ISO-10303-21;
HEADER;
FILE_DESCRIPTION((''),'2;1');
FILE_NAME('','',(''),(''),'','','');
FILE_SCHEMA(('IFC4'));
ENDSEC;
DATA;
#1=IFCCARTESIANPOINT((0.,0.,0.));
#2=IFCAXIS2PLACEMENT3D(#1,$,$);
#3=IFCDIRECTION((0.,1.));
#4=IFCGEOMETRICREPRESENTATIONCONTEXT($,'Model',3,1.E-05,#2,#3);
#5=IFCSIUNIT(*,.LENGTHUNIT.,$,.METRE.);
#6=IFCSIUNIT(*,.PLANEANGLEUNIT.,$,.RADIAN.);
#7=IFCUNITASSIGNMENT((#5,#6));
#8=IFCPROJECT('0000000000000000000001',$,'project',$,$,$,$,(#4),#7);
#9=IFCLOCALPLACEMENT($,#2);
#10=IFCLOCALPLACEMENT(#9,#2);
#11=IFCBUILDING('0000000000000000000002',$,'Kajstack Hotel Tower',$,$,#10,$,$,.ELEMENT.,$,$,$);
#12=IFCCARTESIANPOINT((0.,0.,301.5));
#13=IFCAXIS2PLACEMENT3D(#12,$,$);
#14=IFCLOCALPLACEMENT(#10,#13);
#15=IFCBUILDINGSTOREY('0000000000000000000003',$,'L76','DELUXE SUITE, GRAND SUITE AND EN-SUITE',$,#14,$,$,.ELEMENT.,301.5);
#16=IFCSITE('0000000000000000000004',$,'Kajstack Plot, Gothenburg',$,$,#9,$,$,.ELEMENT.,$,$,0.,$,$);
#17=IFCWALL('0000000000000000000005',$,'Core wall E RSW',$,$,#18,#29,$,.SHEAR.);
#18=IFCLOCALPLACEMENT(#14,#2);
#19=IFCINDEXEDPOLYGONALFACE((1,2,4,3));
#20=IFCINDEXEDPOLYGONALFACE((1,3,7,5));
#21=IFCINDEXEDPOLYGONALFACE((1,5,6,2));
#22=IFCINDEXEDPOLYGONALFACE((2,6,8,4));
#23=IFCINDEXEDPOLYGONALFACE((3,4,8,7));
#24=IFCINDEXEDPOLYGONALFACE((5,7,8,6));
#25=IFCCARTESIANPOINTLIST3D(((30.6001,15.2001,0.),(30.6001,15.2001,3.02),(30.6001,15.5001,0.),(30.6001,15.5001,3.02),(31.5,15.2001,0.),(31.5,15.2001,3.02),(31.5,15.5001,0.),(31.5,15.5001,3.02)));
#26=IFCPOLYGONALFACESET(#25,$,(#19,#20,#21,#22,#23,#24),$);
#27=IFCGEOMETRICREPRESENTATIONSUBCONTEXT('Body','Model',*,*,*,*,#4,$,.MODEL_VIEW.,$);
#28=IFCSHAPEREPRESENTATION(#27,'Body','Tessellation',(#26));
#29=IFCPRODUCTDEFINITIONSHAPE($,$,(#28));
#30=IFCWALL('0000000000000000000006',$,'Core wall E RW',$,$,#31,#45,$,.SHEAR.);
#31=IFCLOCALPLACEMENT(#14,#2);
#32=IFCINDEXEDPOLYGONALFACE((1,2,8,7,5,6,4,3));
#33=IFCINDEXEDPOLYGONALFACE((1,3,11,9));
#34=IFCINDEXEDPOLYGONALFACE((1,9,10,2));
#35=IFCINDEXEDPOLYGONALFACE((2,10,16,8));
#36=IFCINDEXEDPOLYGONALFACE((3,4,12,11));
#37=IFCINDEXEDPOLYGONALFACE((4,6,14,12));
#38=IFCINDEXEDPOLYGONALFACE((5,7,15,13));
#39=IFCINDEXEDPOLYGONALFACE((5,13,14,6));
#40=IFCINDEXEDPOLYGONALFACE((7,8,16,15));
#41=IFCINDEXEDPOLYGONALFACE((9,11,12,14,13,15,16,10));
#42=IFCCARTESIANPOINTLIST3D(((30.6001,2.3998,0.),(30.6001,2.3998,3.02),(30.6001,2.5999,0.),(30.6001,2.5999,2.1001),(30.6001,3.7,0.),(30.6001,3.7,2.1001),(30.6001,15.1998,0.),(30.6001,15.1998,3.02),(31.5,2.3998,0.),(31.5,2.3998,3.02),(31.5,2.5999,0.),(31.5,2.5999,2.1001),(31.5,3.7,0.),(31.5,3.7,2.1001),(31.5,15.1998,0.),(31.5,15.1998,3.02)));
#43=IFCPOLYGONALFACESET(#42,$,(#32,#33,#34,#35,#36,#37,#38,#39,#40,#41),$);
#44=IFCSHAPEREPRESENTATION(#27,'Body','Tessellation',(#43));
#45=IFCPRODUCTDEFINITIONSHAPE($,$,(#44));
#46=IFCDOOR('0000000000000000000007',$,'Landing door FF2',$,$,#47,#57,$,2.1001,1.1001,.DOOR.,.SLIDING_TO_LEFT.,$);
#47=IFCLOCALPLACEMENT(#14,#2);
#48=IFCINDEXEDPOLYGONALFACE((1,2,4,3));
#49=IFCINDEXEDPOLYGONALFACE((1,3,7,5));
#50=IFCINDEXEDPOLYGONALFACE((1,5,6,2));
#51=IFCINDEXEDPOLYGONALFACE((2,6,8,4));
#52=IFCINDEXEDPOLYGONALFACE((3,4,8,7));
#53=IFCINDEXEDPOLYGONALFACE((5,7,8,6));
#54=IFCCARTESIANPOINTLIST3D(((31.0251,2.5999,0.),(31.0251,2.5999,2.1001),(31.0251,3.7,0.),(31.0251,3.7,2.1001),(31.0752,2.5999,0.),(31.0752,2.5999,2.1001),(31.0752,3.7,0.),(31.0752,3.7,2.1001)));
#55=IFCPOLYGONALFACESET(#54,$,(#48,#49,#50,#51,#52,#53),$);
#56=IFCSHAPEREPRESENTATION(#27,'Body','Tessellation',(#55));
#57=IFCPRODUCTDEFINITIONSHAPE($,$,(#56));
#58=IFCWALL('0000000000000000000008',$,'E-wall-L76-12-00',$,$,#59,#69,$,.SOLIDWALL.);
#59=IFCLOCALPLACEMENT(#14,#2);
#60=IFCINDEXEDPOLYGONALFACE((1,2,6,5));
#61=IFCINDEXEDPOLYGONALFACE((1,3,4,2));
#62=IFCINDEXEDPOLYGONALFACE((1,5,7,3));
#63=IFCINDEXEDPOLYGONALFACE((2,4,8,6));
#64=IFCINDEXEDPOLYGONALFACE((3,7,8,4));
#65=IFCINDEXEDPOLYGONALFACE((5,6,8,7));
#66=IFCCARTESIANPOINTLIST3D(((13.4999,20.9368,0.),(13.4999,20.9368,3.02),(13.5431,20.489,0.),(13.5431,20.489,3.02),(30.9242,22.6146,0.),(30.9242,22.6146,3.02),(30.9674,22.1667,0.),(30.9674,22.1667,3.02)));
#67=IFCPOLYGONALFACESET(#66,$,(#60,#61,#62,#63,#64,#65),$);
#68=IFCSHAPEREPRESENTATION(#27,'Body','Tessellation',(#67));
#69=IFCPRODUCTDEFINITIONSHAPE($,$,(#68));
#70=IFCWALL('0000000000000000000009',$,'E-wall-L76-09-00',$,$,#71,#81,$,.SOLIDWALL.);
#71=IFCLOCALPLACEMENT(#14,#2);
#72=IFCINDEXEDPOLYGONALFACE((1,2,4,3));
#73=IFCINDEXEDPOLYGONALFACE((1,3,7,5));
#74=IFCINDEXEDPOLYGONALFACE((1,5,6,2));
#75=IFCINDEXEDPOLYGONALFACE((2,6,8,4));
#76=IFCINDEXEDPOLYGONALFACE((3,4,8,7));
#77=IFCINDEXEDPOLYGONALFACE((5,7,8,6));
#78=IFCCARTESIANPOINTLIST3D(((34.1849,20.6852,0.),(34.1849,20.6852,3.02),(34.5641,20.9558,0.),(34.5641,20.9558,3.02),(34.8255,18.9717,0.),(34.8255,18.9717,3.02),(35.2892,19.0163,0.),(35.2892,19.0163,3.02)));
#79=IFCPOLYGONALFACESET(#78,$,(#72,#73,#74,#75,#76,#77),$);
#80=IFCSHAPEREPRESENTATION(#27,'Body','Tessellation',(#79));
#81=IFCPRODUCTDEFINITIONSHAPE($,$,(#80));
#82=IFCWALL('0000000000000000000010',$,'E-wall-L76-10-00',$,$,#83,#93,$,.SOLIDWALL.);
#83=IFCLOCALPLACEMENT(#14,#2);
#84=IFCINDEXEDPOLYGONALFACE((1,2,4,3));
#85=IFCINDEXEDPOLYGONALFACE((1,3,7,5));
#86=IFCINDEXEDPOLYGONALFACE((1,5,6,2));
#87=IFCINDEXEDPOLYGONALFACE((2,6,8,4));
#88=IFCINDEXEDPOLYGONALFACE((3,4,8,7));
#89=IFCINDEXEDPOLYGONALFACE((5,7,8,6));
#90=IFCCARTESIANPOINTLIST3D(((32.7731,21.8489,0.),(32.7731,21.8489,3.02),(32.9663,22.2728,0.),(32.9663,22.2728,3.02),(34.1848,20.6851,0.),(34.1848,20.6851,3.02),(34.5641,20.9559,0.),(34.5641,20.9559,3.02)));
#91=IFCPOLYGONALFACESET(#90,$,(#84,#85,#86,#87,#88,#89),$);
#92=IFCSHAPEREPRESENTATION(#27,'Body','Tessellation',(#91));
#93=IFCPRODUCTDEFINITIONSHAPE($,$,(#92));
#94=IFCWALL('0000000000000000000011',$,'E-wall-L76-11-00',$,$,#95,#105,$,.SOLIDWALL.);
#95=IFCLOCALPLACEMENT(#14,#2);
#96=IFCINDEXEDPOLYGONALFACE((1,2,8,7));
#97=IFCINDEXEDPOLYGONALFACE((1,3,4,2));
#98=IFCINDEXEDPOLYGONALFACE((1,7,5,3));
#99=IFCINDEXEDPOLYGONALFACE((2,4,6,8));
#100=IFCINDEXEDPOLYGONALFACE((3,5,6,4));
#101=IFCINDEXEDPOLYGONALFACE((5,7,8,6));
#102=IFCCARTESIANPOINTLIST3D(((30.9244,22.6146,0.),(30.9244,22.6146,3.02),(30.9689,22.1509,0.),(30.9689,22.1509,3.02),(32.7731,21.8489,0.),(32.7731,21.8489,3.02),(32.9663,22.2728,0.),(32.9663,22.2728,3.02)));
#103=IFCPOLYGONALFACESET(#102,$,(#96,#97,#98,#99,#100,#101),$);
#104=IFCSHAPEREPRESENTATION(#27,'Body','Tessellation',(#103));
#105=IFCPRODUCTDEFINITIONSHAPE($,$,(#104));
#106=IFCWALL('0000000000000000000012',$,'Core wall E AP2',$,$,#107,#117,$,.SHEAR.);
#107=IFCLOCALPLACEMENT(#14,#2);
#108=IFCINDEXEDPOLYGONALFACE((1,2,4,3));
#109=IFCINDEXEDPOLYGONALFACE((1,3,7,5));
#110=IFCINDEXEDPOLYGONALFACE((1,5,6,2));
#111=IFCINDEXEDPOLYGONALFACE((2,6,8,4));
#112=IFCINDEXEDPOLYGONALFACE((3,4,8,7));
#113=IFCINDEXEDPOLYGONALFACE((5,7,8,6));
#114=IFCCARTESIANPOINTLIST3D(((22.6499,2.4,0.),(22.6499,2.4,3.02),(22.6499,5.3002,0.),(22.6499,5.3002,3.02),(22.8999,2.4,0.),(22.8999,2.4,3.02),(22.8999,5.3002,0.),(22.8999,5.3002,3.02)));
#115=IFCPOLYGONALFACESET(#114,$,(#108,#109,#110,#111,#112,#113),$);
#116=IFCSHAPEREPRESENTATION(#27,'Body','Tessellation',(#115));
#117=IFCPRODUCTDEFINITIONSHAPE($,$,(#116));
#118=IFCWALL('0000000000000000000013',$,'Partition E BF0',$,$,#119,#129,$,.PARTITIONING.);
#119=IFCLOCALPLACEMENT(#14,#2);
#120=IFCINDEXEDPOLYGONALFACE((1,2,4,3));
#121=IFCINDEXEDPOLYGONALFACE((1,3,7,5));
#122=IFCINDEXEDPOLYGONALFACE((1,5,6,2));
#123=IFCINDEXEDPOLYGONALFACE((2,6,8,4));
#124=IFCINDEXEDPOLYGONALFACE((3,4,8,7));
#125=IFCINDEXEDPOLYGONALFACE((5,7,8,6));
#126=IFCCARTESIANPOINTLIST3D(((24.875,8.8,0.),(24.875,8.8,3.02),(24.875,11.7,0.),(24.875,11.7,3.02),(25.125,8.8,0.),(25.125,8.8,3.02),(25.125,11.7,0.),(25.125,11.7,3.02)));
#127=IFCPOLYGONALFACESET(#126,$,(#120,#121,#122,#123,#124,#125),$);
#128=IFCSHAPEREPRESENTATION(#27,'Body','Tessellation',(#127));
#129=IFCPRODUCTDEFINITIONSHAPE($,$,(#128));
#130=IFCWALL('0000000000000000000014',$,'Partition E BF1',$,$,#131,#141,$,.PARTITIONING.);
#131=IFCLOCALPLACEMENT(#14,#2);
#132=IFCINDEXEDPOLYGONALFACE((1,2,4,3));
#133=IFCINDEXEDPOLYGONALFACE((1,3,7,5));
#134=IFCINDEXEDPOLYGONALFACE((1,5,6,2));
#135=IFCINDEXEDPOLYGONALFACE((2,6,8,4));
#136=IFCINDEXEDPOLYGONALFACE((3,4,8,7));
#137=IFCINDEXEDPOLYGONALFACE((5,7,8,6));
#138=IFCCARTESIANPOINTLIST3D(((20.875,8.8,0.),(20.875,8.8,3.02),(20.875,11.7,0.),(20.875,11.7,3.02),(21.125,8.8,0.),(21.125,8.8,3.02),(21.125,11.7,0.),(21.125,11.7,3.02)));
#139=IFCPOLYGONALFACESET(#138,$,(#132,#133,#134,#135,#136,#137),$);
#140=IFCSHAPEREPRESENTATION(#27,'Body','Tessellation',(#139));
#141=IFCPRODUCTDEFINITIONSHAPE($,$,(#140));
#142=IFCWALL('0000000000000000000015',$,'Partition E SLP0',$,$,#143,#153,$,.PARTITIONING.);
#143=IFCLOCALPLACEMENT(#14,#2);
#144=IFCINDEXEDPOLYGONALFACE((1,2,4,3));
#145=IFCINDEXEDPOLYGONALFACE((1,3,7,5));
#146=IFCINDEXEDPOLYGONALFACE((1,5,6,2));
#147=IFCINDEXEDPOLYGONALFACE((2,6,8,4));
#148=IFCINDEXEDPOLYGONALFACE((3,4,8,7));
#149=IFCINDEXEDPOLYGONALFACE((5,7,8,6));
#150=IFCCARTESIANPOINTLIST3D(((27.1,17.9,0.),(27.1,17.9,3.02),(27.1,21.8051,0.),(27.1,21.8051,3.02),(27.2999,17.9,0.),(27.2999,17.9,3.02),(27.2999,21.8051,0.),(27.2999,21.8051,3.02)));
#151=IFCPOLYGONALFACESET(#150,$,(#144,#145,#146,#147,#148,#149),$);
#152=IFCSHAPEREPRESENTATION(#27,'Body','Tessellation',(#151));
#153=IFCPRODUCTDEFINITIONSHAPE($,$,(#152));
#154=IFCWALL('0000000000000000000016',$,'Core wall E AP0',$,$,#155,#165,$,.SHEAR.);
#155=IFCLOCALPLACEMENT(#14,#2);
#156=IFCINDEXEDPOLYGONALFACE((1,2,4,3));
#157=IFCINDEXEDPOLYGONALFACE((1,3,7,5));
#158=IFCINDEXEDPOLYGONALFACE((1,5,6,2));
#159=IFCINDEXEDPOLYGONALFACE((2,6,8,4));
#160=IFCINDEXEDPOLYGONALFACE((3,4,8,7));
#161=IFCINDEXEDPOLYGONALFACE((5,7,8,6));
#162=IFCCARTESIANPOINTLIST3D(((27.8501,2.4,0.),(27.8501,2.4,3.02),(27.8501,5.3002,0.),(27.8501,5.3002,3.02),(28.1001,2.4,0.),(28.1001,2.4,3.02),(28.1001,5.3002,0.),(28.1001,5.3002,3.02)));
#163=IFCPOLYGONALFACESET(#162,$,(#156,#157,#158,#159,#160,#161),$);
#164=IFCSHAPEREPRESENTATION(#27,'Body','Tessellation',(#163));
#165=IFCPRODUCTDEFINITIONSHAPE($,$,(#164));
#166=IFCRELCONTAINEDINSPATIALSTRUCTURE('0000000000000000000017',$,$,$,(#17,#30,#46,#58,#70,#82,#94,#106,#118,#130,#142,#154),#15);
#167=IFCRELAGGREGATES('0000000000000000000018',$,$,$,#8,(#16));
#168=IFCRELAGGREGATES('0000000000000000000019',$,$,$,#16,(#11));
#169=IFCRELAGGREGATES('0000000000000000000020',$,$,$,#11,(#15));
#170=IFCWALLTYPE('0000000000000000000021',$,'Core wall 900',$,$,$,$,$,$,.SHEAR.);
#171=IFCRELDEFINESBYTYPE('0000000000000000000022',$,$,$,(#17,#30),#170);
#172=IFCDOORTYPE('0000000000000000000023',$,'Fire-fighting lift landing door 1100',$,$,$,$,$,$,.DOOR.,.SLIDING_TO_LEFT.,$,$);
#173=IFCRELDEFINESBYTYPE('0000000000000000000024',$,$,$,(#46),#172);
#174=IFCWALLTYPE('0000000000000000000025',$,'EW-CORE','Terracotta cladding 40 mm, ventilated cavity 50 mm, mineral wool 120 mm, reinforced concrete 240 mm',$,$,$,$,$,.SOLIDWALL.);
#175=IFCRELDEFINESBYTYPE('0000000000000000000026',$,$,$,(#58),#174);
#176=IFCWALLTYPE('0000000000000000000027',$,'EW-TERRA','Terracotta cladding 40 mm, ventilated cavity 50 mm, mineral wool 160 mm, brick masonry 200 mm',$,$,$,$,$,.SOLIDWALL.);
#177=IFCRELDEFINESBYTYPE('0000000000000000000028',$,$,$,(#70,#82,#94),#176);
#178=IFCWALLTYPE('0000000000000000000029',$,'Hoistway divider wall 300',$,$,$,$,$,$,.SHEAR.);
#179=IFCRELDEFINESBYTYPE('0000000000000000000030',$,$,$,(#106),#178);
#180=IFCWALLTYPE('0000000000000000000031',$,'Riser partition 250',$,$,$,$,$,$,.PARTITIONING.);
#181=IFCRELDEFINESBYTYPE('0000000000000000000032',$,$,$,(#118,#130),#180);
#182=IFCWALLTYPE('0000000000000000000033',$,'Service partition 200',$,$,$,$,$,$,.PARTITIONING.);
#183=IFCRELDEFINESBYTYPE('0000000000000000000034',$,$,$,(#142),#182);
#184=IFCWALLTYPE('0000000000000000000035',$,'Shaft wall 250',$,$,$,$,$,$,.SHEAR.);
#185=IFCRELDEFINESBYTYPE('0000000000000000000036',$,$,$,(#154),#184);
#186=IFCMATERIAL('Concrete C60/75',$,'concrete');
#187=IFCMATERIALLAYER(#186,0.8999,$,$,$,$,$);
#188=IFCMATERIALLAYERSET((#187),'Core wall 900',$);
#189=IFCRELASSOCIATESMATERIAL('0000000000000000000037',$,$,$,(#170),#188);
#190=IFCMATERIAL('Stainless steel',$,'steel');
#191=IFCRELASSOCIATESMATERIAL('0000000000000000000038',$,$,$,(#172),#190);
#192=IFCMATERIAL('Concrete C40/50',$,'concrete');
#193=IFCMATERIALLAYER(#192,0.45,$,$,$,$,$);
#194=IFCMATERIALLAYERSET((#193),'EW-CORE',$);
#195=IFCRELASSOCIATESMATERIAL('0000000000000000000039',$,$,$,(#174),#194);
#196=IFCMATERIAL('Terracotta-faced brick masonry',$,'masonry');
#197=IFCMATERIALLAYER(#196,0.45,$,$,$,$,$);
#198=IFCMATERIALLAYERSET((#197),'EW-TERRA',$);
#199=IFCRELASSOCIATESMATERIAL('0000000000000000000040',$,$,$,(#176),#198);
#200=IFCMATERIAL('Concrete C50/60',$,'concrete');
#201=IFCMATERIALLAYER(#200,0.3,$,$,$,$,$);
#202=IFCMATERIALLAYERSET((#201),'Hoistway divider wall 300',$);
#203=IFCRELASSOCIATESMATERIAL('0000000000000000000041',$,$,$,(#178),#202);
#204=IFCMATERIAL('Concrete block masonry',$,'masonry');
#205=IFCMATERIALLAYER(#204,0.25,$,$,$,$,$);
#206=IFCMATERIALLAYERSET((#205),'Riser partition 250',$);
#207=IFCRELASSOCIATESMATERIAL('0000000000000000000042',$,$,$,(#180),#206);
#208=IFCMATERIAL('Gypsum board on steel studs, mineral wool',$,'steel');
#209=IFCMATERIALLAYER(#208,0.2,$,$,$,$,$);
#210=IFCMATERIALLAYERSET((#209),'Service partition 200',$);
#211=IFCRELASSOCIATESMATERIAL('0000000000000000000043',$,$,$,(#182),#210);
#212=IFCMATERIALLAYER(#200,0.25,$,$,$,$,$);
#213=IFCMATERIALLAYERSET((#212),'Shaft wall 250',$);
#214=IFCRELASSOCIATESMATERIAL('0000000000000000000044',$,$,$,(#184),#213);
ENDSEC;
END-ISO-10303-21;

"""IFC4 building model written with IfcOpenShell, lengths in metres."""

from ifc_helpers import new_model, si_unit, direction, frame, frame_2d, origin, place, context, subcontext, project, spatial, polyline, rectangle, outline, extrude, material, layer, layer_set, type_object, element, fill, save


model = new_model("IFC4")

# Units and contexts
model_context = context("Model", 3, precision=1e-05, world=origin(), true_north=direction((0.0, 1.0)))
body_context = subcontext(model_context, "Body", "Model", "MODEL_VIEW")
ifc_project = project(units=[si_unit("LENGTHUNIT", "METRE"), si_unit("PLANEANGLEUNIT", "RADIAN")], contexts=[model_context])

# Site, building, storey
site_placement = place(None, origin())
site = spatial("IfcSite", under=ifc_project, at=site_placement, Name="Kajstack Plot, Gothenburg", CompositionType="ELEMENT", RefElevation=0.0)
building_placement = place(site_placement, origin())
building = spatial("IfcBuilding", under=site, at=building_placement, Name="Kajstack Hotel Tower", CompositionType="ELEMENT")
storey_placement = place(building_placement, frame((0.0, 0.0, 301.5)))
storey = spatial("IfcBuildingStorey", under=building, at=storey_placement, Name="L76", Description="DELUXE SUITE, GRAND SUITE AND EN-SUITE", CompositionType="ELEMENT", Elevation=301.5)

# Wall
ifc_material_1 = material(Name="Concrete C60/75", Category="concrete")
ifc_layer_1 = layer(ifc_material_1, 0.8999)
ifc_layer_set_1 = layer_set([ifc_layer_1], Name="Core wall 900")
wall_type_1 = type_object("IfcWallType", Name="Core wall 900", PredefinedType="SHEAR", material=ifc_layer_set_1)
wall_1_placement = place(storey_placement, frame((30.6001, 15.3501, 0.0), z_axis=(0.0, 0.0, 1.0), x_axis=(1.0, 0.0, 0.0)))
element("IfcWall", 1, at=wall_1_placement, inside=storey, type_object=wall_type_1, Name="Core wall E RSW", PredefinedType="SHEAR", context=body_context, shape_type="SweptSolid", body=[
    extrude(rectangle(XDim=0.8999, YDim=0.3, at=frame_2d((0.45, 0.0))), origin(), (0.0, 0.0, 1.0), 3.02),
])

# Wall, opening, door
wall_2_placement = place(storey_placement, frame((31.05, 2.3999, 0.0), z_axis=(0.0, 0.0, 1.0), x_axis=(0.0, 1.0, 0.0)))
wall_2 = element("IfcWall", 2, at=wall_2_placement, inside=storey, type_object=wall_type_1, Name="Core wall E RW", PredefinedType="SHEAR", context=body_context, shape_type="SweptSolid", body=[
    extrude(rectangle(XDim=12.8, YDim=0.8999, at=frame_2d((6.3999, 0.0))), origin(), (0.0, 0.0, 1.0), 3.02),
])
opening_1_placement = place(wall_2_placement, frame((0.2, 0.0, 0.0)))
opening_1 = element("IfcOpeningElement", 3, at=opening_1_placement, cuts=wall_2, PredefinedType="OPENING", context=body_context, shape_type="SweptSolid", body=[
    extrude(rectangle(XDim=1.1001, YDim=2.1001, at=frame_2d((0.55, 1.05))), frame((0.0, 0.46, 0.0), z_axis=(0.0, -1.0, 0.0), x_axis=(1.0, 0.0, 0.0)), (0.0, 0.0, 1.0), 0.9199),
])
ifc_material_2 = material(Name="Stainless steel", Category="steel")
door_type_1 = type_object("IfcDoorType", Name="Fire-fighting lift landing door 1100", OperationType="SLIDING_TO_LEFT", PredefinedType="DOOR", material=ifc_material_2)
door_1_placement = place(opening_1_placement, origin())
door_1 = element("IfcDoor", 4, at=door_1_placement, inside=storey, type_object=door_type_1, Name="Landing door FF2", OperationType="SLIDING_TO_LEFT", OverallHeight=2.1001, OverallWidth=1.1001, PredefinedType="DOOR", context=body_context, shape_type="SweptSolid", body=[
    extrude(rectangle(XDim=1.1001, YDim=2.1001, at=frame_2d((0.55, 1.05))), frame((0.0, 0.0249, 0.0), z_axis=(0.0, -1.0, 0.0), x_axis=(1.0, 0.0, 0.0)), (0.0, 0.0, 1.0), 0.05),
])
fill(opening_1, door_1)

# Walls
ifc_material_3 = material(Name="Concrete C40/50", Category="concrete")
ifc_layer_2 = layer(ifc_material_3, 0.45)
ifc_layer_set_2 = layer_set([ifc_layer_2], Name="EW-CORE")
wall_type_2 = type_object("IfcWallType", Name="EW-CORE", Description="Terracotta cladding 40 mm, ventilated cavity 50 mm, mineral wool 120 mm, reinforced concrete 240 mm", PredefinedType="SOLIDWALL", material=ifc_layer_set_2)
wall_3_placement = place(storey_placement, frame((30.9458, 22.3906, 0.0), z_axis=(0.0, 0.0, 1.0), x_axis=(-0.995396, -0.095844, 0.0)))
element("IfcWall", 5, at=wall_3_placement, inside=storey, type_object=wall_type_2, Name="E-wall-L76-12-00", PredefinedType="SOLIDWALL", context=body_context, shape_type="SweptSolid", body=[
    extrude(rectangle(XDim=17.5049, YDim=0.45, at=frame_2d((8.7524, 0.0))), origin(), (0.0, 0.0, 1.0), 3.02),
])
ifc_material_4 = material(Name="Terracotta-faced brick masonry", Category="masonry")
ifc_layer_3 = layer(ifc_material_4, 0.45)
ifc_layer_set_3 = layer_set([ifc_layer_3], Name="EW-TERRA")
wall_type_3 = type_object("IfcWallType", Name="EW-TERRA", Description="Terracotta cladding 40 mm, ventilated cavity 50 mm, mineral wool 160 mm, brick masonry 200 mm", PredefinedType="SOLIDWALL", material=ifc_layer_set_3)
wall_4_placement = place(storey_placement, frame((35.0784, 18.9375, 0.0), z_axis=(0.0, 0.0, 1.0), x_axis=(-0.350193, 0.936678, 0.0)))
element("IfcWall", 6, at=wall_4_placement, inside=storey, type_object=wall_type_3, Name="E-wall-L76-09-00", PredefinedType="SOLIDWALL", context=body_context, shape_type="SweptSolid", body=[
    extrude(outline(polyline([(0.0, -0.2251), (2.0706, -0.2251), (1.95, 0.2249), (0.1206, 0.2249), (0.0, -0.2251)])), origin(), (0.0, 0.0, 1.0), 3.02),
])
wall_5_placement = place(storey_placement, frame((34.4209, 20.7822, 0.0), z_axis=(0.0, 0.0, 1.0), x_axis=(-0.771593, 0.636116, 0.0)))
element("IfcWall", 7, at=wall_5_placement, inside=storey, type_object=wall_type_3, Name="E-wall-L76-10-00", PredefinedType="SOLIDWALL", context=body_context, shape_type="SweptSolid", body=[
    extrude(outline(polyline([(0.0, -0.2251), (2.0706, -0.2249), (1.95, 0.2251), (0.1204, 0.2251), (0.0, -0.2251)])), origin(), (0.0, 0.0, 1.0), 3.02),
])
wall_6_placement = place(storey_placement, frame((32.9292, 22.051, 0.0), z_axis=(0.0, 0.0, 1.0), x_axis=(-0.986298, 0.164973, 0.0)))
element("IfcWall", 8, at=wall_6_placement, inside=storey, type_object=wall_type_3, Name="E-wall-L76-11-00", PredefinedType="SOLIDWALL", context=body_context, shape_type="SweptSolid", body=[
    extrude(outline(polyline([(0.0, -0.2249), (2.0703, -0.2251), (1.95, 0.2249), (0.1206, 0.2251), (0.0, -0.2249)])), origin(), (0.0, 0.0, 1.0), 3.02),
])
ifc_material_5 = material(Name="Concrete C50/60", Category="concrete")
ifc_layer_4 = layer(ifc_material_5, 0.3)
ifc_layer_set_4 = layer_set([ifc_layer_4], Name="Hoistway divider wall 300")
wall_type_4 = type_object("IfcWallType", Name="Hoistway divider wall 300", PredefinedType="SHEAR", material=ifc_layer_set_4)
wall_7_placement = place(storey_placement, frame((22.7749, 2.3999, 0.0), z_axis=(0.0, 0.0, 1.0), x_axis=(0.0, 1.0, 0.0)))
element("IfcWall", 9, at=wall_7_placement, inside=storey, type_object=wall_type_4, Name="Core wall E AP2", PredefinedType="SHEAR", context=body_context, shape_type="SweptSolid", body=[
    extrude(rectangle(XDim=2.9001, YDim=0.25, at=frame_2d((1.4502, 0.0))), origin(), (0.0, 0.0, 1.0), 3.02),
])
ifc_material_6 = material(Name="Concrete block masonry", Category="masonry")
ifc_layer_5 = layer(ifc_material_6, 0.25)
ifc_layer_set_5 = layer_set([ifc_layer_5], Name="Riser partition 250")
wall_type_5 = type_object("IfcWallType", Name="Riser partition 250", PredefinedType="PARTITIONING", material=ifc_layer_set_5)
for number, where, z_axis, x_axis, name in (
    (10, (25.0, 8.8, 0.0), (0.0, 0.0, 1.0), (0.0, 1.0, 0.0), "Partition E BF0"),
    (11, (21.0, 8.8, 0.0), (0.0, 0.0, 1.0), (0.0, 1.0, 0.0), "Partition E BF1"),
):
    element("IfcWall", number, at=place(storey_placement, frame(where, z_axis=z_axis, x_axis=x_axis)), inside=storey, type_object=wall_type_5, Name=name, PredefinedType="PARTITIONING", context=body_context, shape_type="SweptSolid", body=[
        extrude(rectangle(XDim=2.8999, YDim=0.25, at=frame_2d((1.45, 0.0))), origin(), (0.0, 0.0, 1.0), 3.02),
    ])
ifc_material_7 = material(Name="Gypsum board on steel studs, mineral wool", Category="steel")
ifc_layer_6 = layer(ifc_material_7, 0.2)
ifc_layer_set_6 = layer_set([ifc_layer_6], Name="Service partition 200")
wall_type_6 = type_object("IfcWallType", Name="Service partition 200", PredefinedType="PARTITIONING", material=ifc_layer_set_6)
wall_8_placement = place(storey_placement, frame((27.2, 17.8999, 0.0), z_axis=(0.0, 0.0, 1.0), x_axis=(0.0, 1.0, 0.0)))
element("IfcWall", 12, at=wall_8_placement, inside=storey, type_object=wall_type_6, Name="Partition E SLP0", PredefinedType="PARTITIONING", context=body_context, shape_type="SweptSolid", body=[
    extrude(rectangle(XDim=3.905, YDim=0.2, at=frame_2d((1.9526, 0.0))), origin(), (0.0, 0.0, 1.0), 3.02),
])
ifc_layer_7 = layer(ifc_material_5, 0.25)
ifc_layer_set_7 = layer_set([ifc_layer_7], Name="Shaft wall 250")
wall_type_7 = type_object("IfcWallType", Name="Shaft wall 250", PredefinedType="SHEAR", material=ifc_layer_set_7)
wall_9_placement = place(storey_placement, frame((27.9751, 2.3999, 0.0), z_axis=(0.0, 0.0, 1.0), x_axis=(0.0, 1.0, 0.0)))
element("IfcWall", 13, at=wall_9_placement, inside=storey, type_object=wall_type_7, Name="Core wall E AP0", PredefinedType="SHEAR", context=body_context, shape_type="SweptSolid", body=[
    extrude(rectangle(XDim=2.9001, YDim=0.25, at=frame_2d((1.4502, 0.0))), origin(), (0.0, 0.0, 1.0), 3.02),
])

save(model, "model.ifc")
